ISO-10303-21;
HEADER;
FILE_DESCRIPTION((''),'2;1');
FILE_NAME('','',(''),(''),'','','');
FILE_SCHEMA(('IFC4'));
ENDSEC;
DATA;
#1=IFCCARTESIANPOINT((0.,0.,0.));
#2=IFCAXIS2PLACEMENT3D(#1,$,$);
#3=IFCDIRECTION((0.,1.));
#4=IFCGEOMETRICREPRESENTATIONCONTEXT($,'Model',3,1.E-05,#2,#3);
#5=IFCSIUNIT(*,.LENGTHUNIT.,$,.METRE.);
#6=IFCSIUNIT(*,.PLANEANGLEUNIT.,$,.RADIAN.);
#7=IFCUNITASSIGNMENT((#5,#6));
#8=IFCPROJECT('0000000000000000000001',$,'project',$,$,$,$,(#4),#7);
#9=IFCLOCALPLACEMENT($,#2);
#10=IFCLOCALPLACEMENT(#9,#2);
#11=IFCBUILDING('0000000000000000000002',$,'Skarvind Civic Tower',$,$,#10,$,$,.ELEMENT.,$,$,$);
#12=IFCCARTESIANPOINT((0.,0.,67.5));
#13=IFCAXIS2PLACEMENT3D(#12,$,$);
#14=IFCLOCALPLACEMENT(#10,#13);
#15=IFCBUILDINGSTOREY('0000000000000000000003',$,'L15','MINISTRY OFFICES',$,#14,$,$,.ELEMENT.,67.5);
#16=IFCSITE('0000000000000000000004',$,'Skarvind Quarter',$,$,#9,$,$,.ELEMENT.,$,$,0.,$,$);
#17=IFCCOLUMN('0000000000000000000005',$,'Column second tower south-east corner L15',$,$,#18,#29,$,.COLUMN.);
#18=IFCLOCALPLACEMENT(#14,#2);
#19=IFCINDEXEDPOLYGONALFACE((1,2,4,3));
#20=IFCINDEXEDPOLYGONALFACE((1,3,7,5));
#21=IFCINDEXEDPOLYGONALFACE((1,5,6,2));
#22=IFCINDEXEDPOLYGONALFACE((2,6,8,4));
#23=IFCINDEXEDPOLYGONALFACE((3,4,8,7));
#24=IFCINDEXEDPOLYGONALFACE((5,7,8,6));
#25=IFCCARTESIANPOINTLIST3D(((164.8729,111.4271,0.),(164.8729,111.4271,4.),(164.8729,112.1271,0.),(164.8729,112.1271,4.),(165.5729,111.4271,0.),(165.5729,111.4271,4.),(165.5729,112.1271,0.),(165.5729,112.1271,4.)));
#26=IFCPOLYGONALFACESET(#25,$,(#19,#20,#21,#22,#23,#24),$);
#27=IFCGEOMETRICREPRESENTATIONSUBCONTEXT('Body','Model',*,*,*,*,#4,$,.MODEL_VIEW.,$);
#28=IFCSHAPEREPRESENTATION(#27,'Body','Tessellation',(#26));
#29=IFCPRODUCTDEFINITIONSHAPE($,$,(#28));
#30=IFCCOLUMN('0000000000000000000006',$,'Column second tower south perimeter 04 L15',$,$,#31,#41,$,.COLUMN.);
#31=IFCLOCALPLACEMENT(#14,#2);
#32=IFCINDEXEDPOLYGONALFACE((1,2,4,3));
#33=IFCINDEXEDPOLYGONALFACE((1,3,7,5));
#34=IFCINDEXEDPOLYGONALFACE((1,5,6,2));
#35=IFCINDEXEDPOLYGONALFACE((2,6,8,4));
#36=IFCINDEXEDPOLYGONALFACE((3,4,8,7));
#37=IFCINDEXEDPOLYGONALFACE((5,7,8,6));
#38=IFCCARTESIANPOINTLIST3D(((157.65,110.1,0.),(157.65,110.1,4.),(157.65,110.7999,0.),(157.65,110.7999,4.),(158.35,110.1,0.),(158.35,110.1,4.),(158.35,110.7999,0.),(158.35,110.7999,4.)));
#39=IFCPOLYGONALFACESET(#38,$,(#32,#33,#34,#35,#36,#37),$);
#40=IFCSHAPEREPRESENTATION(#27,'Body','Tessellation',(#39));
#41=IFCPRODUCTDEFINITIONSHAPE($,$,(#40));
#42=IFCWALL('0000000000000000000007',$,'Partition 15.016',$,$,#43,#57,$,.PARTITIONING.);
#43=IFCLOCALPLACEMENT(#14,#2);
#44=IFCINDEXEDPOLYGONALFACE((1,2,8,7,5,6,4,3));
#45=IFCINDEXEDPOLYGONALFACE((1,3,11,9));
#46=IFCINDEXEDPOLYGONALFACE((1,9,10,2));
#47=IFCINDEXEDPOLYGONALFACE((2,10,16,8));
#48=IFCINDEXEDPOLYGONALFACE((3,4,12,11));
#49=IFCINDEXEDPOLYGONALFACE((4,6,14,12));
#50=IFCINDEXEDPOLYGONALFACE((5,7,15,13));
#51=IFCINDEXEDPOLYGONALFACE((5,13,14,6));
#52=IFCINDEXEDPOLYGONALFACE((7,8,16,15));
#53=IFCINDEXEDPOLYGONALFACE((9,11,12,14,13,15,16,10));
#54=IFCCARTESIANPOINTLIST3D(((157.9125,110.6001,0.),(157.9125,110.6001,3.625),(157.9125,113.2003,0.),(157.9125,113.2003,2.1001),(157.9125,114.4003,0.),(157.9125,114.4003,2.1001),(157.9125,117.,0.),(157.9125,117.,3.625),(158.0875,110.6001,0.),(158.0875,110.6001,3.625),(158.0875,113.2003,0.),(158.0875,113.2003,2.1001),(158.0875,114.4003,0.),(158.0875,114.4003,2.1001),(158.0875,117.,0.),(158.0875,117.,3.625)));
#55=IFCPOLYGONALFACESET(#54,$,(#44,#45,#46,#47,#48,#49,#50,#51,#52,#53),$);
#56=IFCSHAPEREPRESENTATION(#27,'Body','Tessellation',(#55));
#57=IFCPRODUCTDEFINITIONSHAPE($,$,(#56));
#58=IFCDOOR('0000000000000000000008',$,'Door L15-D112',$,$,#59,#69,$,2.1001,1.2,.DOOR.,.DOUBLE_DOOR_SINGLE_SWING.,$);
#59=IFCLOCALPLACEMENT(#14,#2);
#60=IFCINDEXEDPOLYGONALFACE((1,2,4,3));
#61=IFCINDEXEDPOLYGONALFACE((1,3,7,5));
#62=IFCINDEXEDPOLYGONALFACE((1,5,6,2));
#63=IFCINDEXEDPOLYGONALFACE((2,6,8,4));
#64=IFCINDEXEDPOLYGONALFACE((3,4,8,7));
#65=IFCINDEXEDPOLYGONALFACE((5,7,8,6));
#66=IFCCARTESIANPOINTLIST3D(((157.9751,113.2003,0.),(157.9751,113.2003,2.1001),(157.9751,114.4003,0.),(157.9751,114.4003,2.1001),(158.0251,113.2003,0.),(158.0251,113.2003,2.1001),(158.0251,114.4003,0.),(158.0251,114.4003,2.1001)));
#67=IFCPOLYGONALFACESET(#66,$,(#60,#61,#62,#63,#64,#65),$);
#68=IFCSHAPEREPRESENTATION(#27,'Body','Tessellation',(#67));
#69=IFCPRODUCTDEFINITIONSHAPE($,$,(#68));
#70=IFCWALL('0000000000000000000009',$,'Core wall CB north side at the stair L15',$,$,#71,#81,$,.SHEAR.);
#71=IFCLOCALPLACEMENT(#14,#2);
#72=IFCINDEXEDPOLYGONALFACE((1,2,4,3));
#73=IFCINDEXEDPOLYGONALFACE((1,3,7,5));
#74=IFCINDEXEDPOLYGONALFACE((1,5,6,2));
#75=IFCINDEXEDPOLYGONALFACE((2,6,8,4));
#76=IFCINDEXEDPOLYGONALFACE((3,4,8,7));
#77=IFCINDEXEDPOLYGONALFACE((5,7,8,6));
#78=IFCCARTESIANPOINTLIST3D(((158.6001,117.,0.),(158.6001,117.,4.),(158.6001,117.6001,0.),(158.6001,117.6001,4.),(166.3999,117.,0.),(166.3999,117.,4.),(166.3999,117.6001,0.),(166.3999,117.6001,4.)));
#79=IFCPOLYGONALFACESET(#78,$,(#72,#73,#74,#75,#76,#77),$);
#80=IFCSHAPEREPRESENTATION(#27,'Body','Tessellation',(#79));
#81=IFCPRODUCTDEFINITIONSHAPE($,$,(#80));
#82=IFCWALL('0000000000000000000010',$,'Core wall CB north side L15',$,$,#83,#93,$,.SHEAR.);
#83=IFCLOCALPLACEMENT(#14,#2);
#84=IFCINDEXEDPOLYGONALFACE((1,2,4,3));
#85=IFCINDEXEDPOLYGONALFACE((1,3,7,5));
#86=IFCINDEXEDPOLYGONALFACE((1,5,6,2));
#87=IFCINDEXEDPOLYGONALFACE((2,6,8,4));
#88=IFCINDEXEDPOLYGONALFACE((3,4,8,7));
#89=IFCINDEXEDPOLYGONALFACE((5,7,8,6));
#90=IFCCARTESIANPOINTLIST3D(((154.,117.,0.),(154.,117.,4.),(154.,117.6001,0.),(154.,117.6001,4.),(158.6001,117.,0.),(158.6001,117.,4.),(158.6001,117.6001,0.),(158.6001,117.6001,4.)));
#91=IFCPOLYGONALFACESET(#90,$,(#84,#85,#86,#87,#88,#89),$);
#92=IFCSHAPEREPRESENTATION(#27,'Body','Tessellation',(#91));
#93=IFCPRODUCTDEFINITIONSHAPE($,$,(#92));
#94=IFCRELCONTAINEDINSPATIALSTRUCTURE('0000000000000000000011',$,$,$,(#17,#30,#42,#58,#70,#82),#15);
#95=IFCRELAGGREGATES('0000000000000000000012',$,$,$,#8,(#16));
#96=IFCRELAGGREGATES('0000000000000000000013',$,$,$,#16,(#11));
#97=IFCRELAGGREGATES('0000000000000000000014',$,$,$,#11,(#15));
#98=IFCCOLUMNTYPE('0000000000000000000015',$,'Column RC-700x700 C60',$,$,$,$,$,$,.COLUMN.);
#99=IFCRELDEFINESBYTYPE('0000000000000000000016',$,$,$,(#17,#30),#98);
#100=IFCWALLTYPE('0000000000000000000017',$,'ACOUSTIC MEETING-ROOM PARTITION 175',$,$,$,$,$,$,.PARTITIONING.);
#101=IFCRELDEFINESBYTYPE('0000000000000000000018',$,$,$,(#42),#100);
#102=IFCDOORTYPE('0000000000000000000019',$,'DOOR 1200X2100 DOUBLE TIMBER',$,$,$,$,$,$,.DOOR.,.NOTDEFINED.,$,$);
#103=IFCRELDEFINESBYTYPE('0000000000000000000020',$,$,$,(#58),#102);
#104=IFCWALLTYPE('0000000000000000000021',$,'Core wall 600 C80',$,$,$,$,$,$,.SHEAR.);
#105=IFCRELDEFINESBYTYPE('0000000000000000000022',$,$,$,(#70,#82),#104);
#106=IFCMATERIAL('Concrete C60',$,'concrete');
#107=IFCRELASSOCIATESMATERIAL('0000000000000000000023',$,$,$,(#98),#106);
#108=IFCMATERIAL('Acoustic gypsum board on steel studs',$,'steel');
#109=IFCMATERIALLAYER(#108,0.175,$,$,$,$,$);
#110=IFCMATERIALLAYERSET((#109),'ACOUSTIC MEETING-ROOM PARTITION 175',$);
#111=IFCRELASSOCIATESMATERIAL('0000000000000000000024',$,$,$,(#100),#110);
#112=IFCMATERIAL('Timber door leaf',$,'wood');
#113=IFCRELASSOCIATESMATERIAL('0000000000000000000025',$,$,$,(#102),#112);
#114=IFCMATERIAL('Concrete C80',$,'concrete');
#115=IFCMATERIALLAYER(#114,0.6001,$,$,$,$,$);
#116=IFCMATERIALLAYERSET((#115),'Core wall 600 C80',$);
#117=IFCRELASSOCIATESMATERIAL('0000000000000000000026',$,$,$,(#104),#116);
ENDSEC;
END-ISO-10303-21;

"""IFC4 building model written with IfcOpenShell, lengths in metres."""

from ifc_helpers import new_model, si_unit, direction, frame, frame_2d, origin, origin_2d, place, context, subcontext, project, spatial, rectangle, extrude, material, layer, layer_set, material_profile, profile_set, type_object, element, fill, save


model = new_model("IFC4")

# Units and contexts
model_context = context("Model", 3, precision=1e-05, world=origin(), true_north=direction((0.0, 1.0)))
body_context = subcontext(model_context, "Body", "Model", "MODEL_VIEW")
ifc_project = project(units=[si_unit("LENGTHUNIT", "METRE"), si_unit("PLANEANGLEUNIT", "RADIAN")], contexts=[model_context])

# Site, building, storey
site_placement = place(None, origin())
site = spatial("IfcSite", under=ifc_project, at=site_placement, Name="Skarvind Quarter", CompositionType="ELEMENT", RefElevation=0.0)
building_placement = place(site_placement, origin())
building = spatial("IfcBuilding", under=site, at=building_placement, Name="Skarvind Civic Tower", CompositionType="ELEMENT")
storey_placement = place(building_placement, frame((0.0, 0.0, 67.5)))
storey = spatial("IfcBuildingStorey", under=building, at=storey_placement, Name="L15", Description="MINISTRY OFFICES", CompositionType="ELEMENT", Elevation=67.5)

# Columns
ifc_material_1 = material(Name="Concrete C60", Category="concrete")
ifc_material_profile = material_profile(ifc_material_1, rectangle(XDim=0.7, YDim=0.7, at=origin_2d()), Name="RC-700x700")
ifc_profile_set = profile_set([ifc_material_profile], Name="Concrete C60")
column_type = type_object("IfcColumnType", Name="Column RC-700x700 C60", PredefinedType="COLUMN", material=ifc_profile_set)
for number, where, z_axis, x_axis, name in (
    (1, (165.2229, 111.7771, 0.0), (0.0, 0.0, 1.0), (1.0, 0.0, 0.0), "Column second tower south-east corner L15"),
    (2, (158.0, 110.45, 0.0), (0.0, 0.0, 1.0), (1.0, 0.0, 0.0), "Column second tower south perimeter 04 L15"),
):
    element("IfcColumn", number, at=place(storey_placement, frame(where, z_axis=z_axis, x_axis=x_axis)), inside=storey, type_object=column_type, Name=name, PredefinedType="COLUMN", context=body_context, shape_type="SweptSolid", body=[
        extrude(rectangle(XDim=0.7, YDim=0.7, at=origin_2d()), origin(), (0.0, 0.0, 1.0), 4.0),
    ])

# Wall, opening, door
ifc_material_2 = material(Name="Acoustic gypsum board on steel studs", Category="steel")
ifc_layer_1 = layer(ifc_material_2, 0.175)
ifc_layer_set_1 = layer_set([ifc_layer_1], Name="ACOUSTIC MEETING-ROOM PARTITION 175")
wall_type_1 = type_object("IfcWallType", Name="ACOUSTIC MEETING-ROOM PARTITION 175", PredefinedType="PARTITIONING", material=ifc_layer_set_1)
wall_1_placement = place(storey_placement, frame((158.0, 110.6001, 0.0), z_axis=(0.0, 0.0, 1.0), x_axis=(0.0, 1.0, 0.0)))
wall_1 = element("IfcWall", 3, at=wall_1_placement, inside=storey, type_object=wall_type_1, Name="Partition 15.016", PredefinedType="PARTITIONING", context=body_context, shape_type="SweptSolid", body=[
    extrude(rectangle(XDim=6.3999, YDim=0.175, at=frame_2d((3.2, 0.0))), origin(), (0.0, 0.0, 1.0), 3.625),
])
opening_1_placement = place(wall_1_placement, frame((2.6001, 0.0, 0.0)))
opening_1 = element("IfcOpeningElement", 4, at=opening_1_placement, cuts=wall_1, PredefinedType="OPENING", context=body_context, shape_type="SweptSolid", body=[
    extrude(rectangle(XDim=1.2, YDim=2.1001, at=frame_2d((0.6001, 1.05))), frame((0.0, 0.0974, 0.0), z_axis=(0.0, -1.0, 0.0), x_axis=(1.0, 0.0, 0.0)), (0.0, 0.0, 1.0), 0.1951),
])
ifc_material_3 = material(Name="Timber door leaf", Category="wood")
door_type = type_object("IfcDoorType", Name="DOOR 1200X2100 DOUBLE TIMBER", OperationType="NOTDEFINED", PredefinedType="DOOR", material=ifc_material_3)
door_placement = place(opening_1_placement, origin())
door = element("IfcDoor", 5, at=door_placement, inside=storey, type_object=door_type, Name="Door L15-D112", OperationType="DOUBLE_DOOR_SINGLE_SWING", OverallHeight=2.1001, OverallWidth=1.2, PredefinedType="DOOR", context=body_context, shape_type="SweptSolid", body=[
    extrude(rectangle(XDim=1.2, YDim=2.1001, at=frame_2d((0.6001, 1.05))), frame((0.0, 0.0249, 0.0), z_axis=(0.0, -1.0, 0.0), x_axis=(1.0, 0.0, 0.0)), (0.0, 0.0, 1.0), 0.05),
])
fill(opening_1, door)

# Walls
ifc_material_4 = material(Name="Concrete C80", Category="concrete")
ifc_layer_2 = layer(ifc_material_4, 0.6001)
ifc_layer_set_2 = layer_set([ifc_layer_2], Name="Core wall 600 C80")
wall_type_2 = type_object("IfcWallType", Name="Core wall 600 C80", PredefinedType="SHEAR", material=ifc_layer_set_2)
wall_2_placement = place(storey_placement, frame((166.3999, 117.3, 0.0), z_axis=(0.0, 0.0, 1.0), x_axis=(-1.0, 0.0, 0.0)))
element("IfcWall", 6, at=wall_2_placement, inside=storey, type_object=wall_type_2, Name="Core wall CB north side at the stair L15", PredefinedType="SHEAR", context=body_context, shape_type="SweptSolid", body=[
    extrude(rectangle(XDim=7.7998, YDim=0.6001, at=frame_2d((3.8999, 0.0))), origin(), (0.0, 0.0, 1.0), 4.0),
])
wall_3_placement = place(storey_placement, frame((158.6001, 117.3, 0.0), z_axis=(0.0, 0.0, 1.0), x_axis=(-1.0, 0.0, 0.0)))
element("IfcWall", 7, at=wall_3_placement, inside=storey, type_object=wall_type_2, Name="Core wall CB north side L15", PredefinedType="SHEAR", context=body_context, shape_type="SweptSolid", body=[
    extrude(rectangle(XDim=4.6001, YDim=0.6001, at=frame_2d((2.3, 0.0))), origin(), (0.0, 0.0, 1.0), 4.0),
])

save(model, "model.ifc")
